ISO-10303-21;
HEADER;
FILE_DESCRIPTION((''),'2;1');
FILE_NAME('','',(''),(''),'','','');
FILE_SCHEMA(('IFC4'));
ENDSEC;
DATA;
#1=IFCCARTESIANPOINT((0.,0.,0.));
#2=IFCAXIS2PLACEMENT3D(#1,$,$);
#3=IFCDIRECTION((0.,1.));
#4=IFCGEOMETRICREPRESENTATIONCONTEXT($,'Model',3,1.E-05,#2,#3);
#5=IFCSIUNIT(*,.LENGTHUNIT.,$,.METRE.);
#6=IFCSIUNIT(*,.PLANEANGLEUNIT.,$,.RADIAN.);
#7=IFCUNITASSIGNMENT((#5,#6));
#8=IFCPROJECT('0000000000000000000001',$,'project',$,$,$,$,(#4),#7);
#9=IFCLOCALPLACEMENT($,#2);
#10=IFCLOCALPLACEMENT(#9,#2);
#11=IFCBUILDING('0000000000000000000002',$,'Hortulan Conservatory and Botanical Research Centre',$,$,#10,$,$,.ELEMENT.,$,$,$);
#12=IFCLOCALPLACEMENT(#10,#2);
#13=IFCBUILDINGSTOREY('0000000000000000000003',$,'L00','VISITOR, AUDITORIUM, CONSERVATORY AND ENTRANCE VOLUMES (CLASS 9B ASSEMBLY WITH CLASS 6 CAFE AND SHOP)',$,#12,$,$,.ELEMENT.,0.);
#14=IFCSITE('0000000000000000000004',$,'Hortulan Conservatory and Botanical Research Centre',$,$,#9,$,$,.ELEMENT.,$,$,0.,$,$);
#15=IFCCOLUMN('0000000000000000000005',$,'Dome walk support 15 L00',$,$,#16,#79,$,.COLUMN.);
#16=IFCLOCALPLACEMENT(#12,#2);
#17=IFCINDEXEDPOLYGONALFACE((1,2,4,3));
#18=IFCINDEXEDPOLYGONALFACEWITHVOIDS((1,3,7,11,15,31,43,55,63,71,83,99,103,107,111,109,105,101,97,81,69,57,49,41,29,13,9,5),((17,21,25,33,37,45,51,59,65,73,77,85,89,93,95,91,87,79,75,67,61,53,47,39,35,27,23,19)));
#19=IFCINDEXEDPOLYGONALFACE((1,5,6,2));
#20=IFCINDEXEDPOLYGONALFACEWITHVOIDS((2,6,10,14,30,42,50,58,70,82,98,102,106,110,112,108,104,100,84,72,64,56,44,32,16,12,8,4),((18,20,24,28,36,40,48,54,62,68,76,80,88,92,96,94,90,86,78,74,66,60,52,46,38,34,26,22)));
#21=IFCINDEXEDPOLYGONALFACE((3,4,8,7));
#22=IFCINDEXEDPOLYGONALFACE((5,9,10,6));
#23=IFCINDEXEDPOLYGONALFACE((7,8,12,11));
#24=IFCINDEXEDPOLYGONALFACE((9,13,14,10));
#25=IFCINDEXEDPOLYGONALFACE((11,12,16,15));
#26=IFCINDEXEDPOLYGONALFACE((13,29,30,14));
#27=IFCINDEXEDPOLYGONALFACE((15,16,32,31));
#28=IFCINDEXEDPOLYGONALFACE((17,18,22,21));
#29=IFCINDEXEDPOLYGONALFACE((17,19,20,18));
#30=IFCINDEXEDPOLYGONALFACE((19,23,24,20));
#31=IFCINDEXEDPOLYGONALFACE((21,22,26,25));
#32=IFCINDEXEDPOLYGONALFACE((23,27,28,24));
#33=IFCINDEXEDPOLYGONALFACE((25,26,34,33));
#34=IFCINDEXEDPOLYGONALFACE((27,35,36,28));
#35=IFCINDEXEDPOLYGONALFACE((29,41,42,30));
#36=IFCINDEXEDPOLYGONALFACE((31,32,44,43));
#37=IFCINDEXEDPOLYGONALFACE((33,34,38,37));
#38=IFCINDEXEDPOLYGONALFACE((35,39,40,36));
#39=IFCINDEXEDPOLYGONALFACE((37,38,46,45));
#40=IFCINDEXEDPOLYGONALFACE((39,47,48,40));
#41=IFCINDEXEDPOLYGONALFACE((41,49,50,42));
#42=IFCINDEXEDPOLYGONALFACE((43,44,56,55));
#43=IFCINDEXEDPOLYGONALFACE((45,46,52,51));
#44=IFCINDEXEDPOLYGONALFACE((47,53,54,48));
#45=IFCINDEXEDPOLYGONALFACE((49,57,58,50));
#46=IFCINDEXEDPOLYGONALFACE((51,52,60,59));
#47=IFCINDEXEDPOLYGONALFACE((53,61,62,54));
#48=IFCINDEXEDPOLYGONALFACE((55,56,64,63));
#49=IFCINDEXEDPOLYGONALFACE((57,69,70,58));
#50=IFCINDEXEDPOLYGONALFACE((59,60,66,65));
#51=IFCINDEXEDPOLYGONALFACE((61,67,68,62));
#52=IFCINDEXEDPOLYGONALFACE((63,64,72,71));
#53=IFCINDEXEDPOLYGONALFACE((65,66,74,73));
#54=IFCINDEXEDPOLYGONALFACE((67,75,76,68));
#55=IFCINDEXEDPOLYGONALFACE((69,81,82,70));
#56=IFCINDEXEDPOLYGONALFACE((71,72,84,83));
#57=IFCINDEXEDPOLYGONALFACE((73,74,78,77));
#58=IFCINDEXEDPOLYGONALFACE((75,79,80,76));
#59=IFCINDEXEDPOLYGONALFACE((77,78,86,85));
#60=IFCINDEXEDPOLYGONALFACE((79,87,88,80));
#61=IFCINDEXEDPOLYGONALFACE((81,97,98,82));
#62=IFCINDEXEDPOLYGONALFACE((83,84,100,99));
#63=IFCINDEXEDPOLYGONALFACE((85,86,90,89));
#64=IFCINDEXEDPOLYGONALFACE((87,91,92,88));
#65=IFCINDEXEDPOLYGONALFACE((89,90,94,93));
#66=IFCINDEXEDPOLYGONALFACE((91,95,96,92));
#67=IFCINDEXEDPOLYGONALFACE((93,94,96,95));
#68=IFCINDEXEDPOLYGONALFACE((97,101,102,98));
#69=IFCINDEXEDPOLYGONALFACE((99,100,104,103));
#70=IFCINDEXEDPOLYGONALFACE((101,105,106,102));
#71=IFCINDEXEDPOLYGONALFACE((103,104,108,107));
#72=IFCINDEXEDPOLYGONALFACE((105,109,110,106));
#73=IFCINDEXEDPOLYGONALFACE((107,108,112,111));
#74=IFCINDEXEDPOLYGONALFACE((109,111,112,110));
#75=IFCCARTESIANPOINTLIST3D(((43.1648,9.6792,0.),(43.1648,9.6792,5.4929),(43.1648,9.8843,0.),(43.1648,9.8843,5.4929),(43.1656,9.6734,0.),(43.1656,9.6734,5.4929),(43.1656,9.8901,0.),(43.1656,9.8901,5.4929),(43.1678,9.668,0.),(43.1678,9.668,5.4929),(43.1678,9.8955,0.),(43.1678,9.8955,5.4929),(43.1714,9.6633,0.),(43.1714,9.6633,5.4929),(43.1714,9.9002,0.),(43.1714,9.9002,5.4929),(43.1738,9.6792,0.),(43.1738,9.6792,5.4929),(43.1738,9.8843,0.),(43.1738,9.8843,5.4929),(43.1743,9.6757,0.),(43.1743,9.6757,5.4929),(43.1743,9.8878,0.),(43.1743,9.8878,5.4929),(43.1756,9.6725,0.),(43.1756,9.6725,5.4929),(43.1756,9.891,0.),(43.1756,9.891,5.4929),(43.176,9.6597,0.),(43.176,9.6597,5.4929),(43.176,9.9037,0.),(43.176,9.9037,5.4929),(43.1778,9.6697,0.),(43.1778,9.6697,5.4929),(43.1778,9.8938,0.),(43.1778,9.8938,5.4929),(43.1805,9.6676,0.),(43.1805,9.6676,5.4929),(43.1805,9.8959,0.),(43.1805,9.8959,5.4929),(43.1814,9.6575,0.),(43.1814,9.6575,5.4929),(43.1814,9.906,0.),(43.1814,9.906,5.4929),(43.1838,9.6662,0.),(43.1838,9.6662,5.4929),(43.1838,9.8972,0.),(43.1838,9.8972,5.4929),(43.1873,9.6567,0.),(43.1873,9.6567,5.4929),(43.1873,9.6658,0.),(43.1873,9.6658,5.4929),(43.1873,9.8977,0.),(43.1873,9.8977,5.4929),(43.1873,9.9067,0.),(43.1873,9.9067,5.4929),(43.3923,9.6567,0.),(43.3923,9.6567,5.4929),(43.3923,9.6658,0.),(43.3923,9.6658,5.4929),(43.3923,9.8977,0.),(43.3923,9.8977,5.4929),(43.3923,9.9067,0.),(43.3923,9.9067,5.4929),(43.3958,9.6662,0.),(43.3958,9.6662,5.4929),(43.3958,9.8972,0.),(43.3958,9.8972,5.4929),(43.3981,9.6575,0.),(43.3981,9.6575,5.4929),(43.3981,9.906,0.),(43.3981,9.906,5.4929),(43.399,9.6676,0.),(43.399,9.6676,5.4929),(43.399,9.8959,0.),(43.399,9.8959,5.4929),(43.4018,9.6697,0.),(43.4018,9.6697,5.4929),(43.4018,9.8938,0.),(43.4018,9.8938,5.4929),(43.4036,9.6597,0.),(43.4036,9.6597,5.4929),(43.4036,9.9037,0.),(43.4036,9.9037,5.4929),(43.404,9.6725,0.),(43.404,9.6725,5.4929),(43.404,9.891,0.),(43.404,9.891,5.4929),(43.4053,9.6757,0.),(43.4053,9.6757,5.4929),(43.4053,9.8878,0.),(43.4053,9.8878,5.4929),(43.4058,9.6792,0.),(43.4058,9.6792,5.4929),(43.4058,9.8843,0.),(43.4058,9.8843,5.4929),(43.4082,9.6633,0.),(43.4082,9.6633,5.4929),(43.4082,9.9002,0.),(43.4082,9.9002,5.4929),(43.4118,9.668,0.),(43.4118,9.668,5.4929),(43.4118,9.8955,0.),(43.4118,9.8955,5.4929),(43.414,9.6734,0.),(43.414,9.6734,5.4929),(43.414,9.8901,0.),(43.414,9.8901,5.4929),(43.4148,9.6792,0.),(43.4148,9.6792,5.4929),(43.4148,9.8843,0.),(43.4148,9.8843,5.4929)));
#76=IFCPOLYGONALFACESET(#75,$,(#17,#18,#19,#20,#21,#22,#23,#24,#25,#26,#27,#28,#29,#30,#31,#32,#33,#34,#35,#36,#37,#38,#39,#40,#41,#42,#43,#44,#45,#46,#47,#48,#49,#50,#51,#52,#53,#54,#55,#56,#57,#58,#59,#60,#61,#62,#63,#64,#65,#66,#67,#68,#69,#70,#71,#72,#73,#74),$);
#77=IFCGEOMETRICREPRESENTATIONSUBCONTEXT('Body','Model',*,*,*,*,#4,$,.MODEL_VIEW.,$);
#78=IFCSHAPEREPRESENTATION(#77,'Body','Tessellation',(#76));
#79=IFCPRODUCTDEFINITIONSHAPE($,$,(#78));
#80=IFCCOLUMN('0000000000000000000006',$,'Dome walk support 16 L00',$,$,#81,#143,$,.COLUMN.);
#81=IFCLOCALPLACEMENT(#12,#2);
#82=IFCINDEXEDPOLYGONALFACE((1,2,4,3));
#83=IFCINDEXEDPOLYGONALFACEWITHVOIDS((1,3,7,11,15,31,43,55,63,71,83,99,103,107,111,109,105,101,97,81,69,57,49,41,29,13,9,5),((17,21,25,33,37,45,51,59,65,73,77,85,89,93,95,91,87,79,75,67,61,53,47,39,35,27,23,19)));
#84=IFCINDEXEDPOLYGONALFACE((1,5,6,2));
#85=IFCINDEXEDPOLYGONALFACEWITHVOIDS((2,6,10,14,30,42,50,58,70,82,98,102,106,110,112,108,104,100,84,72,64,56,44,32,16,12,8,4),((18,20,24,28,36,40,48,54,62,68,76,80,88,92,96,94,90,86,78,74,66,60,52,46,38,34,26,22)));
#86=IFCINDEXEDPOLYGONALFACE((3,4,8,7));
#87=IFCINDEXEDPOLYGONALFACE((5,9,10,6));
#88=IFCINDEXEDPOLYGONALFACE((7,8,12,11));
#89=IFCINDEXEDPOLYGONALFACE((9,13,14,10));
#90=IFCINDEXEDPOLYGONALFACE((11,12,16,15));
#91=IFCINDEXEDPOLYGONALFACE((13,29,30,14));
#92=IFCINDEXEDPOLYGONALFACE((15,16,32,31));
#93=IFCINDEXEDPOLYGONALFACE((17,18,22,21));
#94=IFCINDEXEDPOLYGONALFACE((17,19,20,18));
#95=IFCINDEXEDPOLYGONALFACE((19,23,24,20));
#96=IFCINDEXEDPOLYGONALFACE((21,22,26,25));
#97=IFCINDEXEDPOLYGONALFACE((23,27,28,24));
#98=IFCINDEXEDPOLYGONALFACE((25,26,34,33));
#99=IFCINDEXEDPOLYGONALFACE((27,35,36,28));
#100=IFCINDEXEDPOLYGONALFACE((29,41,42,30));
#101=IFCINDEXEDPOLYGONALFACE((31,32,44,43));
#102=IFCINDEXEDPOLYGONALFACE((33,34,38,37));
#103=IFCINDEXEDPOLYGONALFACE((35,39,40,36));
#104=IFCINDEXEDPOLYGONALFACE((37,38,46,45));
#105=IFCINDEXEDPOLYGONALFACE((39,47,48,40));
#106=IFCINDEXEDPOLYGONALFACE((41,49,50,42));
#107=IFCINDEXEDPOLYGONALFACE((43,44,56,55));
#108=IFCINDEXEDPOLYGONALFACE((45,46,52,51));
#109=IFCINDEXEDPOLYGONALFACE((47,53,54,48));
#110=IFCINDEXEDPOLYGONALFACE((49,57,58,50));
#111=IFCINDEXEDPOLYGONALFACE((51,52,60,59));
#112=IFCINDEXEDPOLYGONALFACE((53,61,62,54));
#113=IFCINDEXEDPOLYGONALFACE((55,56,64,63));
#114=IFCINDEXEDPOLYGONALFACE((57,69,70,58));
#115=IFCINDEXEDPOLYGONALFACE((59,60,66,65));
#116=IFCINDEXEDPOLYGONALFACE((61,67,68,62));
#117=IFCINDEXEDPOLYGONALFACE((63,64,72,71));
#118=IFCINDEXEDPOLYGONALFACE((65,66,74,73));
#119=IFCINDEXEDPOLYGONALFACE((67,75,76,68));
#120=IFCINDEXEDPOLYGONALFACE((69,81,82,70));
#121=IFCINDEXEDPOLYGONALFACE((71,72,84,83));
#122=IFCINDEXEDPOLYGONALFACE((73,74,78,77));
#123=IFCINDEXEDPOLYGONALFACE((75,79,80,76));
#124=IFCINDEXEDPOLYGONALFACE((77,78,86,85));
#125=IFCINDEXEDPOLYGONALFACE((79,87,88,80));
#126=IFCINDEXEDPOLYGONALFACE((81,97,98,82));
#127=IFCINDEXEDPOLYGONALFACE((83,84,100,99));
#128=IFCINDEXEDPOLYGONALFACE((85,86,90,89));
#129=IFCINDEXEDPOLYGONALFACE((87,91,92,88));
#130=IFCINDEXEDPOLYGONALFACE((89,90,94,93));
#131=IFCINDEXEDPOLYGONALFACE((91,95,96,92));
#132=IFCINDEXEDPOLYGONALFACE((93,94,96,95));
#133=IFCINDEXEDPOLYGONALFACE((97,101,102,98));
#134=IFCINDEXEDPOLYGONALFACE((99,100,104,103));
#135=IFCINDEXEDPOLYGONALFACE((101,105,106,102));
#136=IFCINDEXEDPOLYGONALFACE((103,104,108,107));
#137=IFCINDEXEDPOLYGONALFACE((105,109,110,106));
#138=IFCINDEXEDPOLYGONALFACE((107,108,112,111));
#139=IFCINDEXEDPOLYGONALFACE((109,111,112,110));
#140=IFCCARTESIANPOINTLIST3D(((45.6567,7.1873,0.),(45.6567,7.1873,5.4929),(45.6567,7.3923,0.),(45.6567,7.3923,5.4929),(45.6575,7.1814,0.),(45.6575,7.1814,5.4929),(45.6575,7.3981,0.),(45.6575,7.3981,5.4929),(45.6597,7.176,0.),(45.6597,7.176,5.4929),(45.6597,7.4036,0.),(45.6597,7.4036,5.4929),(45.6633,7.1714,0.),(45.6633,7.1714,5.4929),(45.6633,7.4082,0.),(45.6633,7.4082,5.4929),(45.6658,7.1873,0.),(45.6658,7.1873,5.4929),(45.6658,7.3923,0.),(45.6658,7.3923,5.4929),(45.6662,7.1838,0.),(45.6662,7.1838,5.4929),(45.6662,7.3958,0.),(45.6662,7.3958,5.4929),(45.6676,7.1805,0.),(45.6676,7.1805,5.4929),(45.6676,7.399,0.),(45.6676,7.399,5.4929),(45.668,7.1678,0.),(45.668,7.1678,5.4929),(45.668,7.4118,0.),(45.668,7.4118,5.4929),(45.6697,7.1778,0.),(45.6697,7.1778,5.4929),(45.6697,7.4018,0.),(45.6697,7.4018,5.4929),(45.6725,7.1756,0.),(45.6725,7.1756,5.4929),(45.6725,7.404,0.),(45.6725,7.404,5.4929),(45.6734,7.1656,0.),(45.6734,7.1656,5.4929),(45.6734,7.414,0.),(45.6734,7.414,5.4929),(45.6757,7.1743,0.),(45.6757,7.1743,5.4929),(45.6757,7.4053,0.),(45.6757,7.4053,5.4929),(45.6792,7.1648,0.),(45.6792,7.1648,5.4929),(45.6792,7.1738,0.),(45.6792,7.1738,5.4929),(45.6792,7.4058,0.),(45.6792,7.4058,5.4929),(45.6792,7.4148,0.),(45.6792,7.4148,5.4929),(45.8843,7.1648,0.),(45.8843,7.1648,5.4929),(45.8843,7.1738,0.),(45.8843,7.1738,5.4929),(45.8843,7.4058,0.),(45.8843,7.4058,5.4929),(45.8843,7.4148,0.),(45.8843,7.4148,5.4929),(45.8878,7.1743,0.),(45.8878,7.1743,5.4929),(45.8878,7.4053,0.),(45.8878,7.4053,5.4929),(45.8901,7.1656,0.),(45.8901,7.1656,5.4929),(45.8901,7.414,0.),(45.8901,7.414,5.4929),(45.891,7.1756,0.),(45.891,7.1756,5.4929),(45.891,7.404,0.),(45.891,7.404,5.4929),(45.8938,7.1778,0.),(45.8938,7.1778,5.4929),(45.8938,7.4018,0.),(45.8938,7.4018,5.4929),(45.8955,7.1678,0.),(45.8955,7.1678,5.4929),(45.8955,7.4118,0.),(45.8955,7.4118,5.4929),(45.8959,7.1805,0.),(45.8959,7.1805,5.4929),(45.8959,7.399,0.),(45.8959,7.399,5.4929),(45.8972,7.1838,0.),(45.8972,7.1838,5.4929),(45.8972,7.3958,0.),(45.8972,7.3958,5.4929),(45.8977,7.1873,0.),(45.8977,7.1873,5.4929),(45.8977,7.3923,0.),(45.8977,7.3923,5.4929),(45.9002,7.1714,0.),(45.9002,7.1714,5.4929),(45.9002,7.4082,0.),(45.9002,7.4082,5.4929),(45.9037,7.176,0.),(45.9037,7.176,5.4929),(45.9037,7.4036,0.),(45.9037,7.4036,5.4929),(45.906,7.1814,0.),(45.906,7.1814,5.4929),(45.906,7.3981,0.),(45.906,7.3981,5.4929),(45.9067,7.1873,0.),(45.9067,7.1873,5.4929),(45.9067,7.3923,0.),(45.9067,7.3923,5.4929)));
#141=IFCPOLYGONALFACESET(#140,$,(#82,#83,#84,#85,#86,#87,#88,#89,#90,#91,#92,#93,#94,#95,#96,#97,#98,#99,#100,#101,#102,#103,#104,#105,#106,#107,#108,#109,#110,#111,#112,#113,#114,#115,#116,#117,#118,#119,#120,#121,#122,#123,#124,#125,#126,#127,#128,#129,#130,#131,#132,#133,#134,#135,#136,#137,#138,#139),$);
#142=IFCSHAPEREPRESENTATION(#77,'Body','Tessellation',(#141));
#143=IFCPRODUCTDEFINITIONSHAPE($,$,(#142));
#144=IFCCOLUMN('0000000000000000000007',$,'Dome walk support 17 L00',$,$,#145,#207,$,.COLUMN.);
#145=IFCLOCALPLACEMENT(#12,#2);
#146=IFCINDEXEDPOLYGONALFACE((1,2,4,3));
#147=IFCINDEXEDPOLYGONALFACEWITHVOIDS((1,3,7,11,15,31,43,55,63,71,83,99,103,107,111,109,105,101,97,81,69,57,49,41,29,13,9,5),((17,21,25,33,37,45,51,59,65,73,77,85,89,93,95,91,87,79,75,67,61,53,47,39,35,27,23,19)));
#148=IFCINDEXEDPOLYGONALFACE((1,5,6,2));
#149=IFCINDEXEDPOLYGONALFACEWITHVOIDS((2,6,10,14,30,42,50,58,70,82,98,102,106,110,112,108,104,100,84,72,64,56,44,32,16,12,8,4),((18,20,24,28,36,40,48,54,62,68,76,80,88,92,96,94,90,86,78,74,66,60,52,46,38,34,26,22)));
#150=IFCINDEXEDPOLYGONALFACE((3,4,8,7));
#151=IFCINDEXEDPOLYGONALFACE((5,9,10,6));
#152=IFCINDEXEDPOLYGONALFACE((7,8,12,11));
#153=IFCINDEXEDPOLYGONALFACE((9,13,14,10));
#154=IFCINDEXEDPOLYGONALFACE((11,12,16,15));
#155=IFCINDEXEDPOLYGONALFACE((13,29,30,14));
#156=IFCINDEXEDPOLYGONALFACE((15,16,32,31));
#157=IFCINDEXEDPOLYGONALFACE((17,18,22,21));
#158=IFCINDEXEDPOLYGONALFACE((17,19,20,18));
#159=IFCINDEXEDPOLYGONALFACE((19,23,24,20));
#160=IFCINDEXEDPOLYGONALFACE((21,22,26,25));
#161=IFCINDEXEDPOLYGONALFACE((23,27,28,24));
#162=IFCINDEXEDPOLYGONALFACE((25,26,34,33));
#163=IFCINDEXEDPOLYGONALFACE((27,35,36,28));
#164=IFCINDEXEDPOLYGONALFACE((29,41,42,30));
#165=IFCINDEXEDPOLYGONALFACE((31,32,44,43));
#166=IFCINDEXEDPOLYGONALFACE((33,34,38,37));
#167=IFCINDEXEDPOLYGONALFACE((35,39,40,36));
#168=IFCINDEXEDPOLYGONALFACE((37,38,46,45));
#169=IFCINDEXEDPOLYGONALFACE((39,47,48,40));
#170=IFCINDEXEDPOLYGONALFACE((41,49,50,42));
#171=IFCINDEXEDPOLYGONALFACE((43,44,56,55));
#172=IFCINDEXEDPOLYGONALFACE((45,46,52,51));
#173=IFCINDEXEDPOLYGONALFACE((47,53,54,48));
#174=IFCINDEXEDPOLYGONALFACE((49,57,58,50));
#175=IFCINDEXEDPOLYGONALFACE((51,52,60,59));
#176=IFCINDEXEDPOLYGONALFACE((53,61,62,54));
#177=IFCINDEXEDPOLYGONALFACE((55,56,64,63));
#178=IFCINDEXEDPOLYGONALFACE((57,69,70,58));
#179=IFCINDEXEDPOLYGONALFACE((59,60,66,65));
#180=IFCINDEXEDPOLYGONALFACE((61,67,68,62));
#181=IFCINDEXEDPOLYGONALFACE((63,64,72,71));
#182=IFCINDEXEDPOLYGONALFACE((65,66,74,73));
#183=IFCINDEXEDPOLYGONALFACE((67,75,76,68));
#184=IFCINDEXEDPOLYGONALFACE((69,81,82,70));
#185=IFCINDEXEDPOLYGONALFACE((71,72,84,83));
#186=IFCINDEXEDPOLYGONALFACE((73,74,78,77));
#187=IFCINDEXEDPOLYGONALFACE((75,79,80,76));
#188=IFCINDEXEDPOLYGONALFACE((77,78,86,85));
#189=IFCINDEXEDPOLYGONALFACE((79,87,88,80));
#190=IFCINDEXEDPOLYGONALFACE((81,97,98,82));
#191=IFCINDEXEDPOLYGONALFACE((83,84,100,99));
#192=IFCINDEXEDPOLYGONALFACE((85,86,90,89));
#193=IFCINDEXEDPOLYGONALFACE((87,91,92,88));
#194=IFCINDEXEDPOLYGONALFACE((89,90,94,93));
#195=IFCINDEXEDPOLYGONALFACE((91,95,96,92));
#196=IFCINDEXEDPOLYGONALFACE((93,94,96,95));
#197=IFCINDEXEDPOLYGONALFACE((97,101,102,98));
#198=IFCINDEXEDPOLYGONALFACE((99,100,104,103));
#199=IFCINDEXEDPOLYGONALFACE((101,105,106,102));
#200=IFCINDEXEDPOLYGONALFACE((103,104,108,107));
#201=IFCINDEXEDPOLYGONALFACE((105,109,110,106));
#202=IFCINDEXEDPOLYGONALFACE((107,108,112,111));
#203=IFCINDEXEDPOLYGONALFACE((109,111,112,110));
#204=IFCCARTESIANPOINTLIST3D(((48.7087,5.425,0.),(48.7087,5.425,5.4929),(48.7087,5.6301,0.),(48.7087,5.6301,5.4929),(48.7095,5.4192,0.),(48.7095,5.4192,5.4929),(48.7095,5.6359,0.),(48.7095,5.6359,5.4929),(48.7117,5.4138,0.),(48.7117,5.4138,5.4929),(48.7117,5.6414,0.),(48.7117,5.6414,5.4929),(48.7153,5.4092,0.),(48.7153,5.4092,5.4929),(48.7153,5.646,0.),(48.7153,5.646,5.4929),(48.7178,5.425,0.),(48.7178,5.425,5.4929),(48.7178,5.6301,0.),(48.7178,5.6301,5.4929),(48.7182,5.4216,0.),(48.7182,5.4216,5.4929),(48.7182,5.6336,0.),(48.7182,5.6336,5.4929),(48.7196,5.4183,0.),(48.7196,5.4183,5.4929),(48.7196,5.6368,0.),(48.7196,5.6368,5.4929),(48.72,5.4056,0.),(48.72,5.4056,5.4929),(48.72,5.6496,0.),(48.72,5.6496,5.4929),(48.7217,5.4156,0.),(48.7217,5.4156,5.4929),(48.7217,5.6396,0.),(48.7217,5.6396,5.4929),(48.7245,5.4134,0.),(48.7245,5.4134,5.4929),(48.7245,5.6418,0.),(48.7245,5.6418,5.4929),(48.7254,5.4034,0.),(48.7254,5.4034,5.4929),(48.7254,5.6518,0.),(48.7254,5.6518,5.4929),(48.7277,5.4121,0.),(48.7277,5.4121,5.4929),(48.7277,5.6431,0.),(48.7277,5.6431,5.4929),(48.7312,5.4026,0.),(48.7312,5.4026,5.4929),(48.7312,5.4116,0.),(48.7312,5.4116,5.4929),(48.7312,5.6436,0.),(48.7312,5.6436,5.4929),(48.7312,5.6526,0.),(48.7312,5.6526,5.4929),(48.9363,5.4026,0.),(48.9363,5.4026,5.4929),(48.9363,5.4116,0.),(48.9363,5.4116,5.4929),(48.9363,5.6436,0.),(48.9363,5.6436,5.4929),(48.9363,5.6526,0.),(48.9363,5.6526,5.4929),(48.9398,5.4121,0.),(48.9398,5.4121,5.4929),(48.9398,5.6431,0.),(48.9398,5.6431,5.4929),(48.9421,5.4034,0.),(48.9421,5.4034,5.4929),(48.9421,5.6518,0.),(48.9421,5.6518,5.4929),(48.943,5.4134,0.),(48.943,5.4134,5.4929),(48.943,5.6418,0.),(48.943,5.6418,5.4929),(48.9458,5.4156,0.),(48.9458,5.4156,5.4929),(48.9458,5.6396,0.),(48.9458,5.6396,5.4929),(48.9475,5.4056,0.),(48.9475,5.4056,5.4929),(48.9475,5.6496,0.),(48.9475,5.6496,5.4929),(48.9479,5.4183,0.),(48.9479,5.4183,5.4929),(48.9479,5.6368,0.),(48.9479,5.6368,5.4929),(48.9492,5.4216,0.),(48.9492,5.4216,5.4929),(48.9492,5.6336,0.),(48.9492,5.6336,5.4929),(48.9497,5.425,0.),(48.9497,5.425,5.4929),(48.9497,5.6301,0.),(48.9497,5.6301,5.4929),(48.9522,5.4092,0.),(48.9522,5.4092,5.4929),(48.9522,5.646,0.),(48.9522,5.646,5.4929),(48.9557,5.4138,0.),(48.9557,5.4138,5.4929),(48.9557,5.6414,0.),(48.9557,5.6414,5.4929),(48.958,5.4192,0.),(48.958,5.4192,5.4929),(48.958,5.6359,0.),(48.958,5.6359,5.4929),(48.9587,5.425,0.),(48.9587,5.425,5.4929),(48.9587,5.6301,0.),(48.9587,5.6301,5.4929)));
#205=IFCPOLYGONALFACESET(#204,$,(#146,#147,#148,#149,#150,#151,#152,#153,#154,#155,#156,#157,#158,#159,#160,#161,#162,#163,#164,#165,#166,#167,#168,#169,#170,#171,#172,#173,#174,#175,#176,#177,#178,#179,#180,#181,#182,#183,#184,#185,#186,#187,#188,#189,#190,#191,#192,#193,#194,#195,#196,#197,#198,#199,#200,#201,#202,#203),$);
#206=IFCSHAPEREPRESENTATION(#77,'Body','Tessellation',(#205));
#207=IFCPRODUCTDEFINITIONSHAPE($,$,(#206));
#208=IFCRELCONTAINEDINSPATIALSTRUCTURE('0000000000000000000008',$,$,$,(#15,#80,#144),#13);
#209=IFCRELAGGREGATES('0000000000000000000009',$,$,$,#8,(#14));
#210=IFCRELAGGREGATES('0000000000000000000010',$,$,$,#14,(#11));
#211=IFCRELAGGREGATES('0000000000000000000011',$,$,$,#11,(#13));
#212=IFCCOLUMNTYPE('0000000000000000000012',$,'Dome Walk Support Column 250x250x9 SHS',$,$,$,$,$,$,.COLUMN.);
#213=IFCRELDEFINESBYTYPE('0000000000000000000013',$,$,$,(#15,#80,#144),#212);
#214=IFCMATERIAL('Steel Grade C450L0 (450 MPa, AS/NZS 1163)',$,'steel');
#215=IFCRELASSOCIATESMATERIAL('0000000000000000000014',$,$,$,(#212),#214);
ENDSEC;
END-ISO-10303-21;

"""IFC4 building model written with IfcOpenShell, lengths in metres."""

from ifc_helpers import new_model, si_unit, direction, frame, origin, origin_2d, place, context, subcontext, project, spatial, hollow_rectangle, extrude, material, material_profile, profile_set, type_object, element, save


model = new_model("IFC4")

# Units and contexts
model_context = context("Model", 3, precision=1e-05, world=origin(), true_north=direction((0.0, 1.0)))
body_context = subcontext(model_context, "Body", "Model", "MODEL_VIEW")
ifc_project = project(units=[si_unit("LENGTHUNIT", "METRE"), si_unit("PLANEANGLEUNIT", "RADIAN")], contexts=[model_context])

# Site, building, storey
site_placement = place(None, origin())
site = spatial("IfcSite", under=ifc_project, at=site_placement, Name="Hortulan Conservatory and Botanical Research Centre", CompositionType="ELEMENT", RefElevation=0.0)
building_placement = place(site_placement, origin())
building = spatial("IfcBuilding", under=site, at=building_placement, Name="Hortulan Conservatory and Botanical Research Centre", CompositionType="ELEMENT")
storey_placement = place(building_placement, origin())
storey = spatial("IfcBuildingStorey", under=building, at=storey_placement, Name="L00", Description="VISITOR, AUDITORIUM, CONSERVATORY AND ENTRANCE VOLUMES (CLASS 9B ASSEMBLY WITH CLASS 6 CAFE AND SHOP)", CompositionType="ELEMENT", Elevation=0.0)

# Columns
ifc_material_1 = material(Name="Steel Grade C450L0 (450 MPa, AS/NZS 1163)", Category="steel")
ifc_material_profile_1 = material_profile(ifc_material_1, hollow_rectangle(XDim=0.25, YDim=0.25, WallThickness=0.009, InnerFilletRadius=0.0134, OuterFilletRadius=0.0225, at=origin_2d()), Name="250x250x9SHS")
ifc_profile_set_1 = profile_set([ifc_material_profile_1], Name="Steel Grade C450L0 (450 MPa, AS/NZS 1163)")
column_type = type_object("IfcColumnType", Name="Dome Walk Support Column 250x250x9 SHS", PredefinedType="COLUMN", material=ifc_profile_set_1)
for number, where, z_axis, x_axis, name in (
    (1, (43.2898, 9.7817, 0.0), (0.0, 0.0, 1.0), (1.0, 0.0, 0.0), "Dome walk support 15 L00"),
    (2, (45.7817, 7.2898, 0.0), (0.0, 0.0, 1.0), (1.0, 0.0, 0.0), "Dome walk support 16 L00"),
    (3, (48.8337, 5.5276, 0.0), (0.0, 0.0, 1.0), (1.0, 0.0, 0.0), "Dome walk support 17 L00"),
):
    element("IfcColumn", number, at=place(storey_placement, frame(where, z_axis=z_axis, x_axis=x_axis)), inside=storey, type_object=column_type, Name=name, PredefinedType="COLUMN", context=body_context, shape_type="SweptSolid", body=[
        extrude(hollow_rectangle(XDim=0.25, YDim=0.25, WallThickness=0.009, InnerFilletRadius=0.0134, OuterFilletRadius=0.0225, at=origin_2d()), origin(), (0.0, 0.0, 1.0), 5.4929),
    ])

save(model, "model.ifc")
